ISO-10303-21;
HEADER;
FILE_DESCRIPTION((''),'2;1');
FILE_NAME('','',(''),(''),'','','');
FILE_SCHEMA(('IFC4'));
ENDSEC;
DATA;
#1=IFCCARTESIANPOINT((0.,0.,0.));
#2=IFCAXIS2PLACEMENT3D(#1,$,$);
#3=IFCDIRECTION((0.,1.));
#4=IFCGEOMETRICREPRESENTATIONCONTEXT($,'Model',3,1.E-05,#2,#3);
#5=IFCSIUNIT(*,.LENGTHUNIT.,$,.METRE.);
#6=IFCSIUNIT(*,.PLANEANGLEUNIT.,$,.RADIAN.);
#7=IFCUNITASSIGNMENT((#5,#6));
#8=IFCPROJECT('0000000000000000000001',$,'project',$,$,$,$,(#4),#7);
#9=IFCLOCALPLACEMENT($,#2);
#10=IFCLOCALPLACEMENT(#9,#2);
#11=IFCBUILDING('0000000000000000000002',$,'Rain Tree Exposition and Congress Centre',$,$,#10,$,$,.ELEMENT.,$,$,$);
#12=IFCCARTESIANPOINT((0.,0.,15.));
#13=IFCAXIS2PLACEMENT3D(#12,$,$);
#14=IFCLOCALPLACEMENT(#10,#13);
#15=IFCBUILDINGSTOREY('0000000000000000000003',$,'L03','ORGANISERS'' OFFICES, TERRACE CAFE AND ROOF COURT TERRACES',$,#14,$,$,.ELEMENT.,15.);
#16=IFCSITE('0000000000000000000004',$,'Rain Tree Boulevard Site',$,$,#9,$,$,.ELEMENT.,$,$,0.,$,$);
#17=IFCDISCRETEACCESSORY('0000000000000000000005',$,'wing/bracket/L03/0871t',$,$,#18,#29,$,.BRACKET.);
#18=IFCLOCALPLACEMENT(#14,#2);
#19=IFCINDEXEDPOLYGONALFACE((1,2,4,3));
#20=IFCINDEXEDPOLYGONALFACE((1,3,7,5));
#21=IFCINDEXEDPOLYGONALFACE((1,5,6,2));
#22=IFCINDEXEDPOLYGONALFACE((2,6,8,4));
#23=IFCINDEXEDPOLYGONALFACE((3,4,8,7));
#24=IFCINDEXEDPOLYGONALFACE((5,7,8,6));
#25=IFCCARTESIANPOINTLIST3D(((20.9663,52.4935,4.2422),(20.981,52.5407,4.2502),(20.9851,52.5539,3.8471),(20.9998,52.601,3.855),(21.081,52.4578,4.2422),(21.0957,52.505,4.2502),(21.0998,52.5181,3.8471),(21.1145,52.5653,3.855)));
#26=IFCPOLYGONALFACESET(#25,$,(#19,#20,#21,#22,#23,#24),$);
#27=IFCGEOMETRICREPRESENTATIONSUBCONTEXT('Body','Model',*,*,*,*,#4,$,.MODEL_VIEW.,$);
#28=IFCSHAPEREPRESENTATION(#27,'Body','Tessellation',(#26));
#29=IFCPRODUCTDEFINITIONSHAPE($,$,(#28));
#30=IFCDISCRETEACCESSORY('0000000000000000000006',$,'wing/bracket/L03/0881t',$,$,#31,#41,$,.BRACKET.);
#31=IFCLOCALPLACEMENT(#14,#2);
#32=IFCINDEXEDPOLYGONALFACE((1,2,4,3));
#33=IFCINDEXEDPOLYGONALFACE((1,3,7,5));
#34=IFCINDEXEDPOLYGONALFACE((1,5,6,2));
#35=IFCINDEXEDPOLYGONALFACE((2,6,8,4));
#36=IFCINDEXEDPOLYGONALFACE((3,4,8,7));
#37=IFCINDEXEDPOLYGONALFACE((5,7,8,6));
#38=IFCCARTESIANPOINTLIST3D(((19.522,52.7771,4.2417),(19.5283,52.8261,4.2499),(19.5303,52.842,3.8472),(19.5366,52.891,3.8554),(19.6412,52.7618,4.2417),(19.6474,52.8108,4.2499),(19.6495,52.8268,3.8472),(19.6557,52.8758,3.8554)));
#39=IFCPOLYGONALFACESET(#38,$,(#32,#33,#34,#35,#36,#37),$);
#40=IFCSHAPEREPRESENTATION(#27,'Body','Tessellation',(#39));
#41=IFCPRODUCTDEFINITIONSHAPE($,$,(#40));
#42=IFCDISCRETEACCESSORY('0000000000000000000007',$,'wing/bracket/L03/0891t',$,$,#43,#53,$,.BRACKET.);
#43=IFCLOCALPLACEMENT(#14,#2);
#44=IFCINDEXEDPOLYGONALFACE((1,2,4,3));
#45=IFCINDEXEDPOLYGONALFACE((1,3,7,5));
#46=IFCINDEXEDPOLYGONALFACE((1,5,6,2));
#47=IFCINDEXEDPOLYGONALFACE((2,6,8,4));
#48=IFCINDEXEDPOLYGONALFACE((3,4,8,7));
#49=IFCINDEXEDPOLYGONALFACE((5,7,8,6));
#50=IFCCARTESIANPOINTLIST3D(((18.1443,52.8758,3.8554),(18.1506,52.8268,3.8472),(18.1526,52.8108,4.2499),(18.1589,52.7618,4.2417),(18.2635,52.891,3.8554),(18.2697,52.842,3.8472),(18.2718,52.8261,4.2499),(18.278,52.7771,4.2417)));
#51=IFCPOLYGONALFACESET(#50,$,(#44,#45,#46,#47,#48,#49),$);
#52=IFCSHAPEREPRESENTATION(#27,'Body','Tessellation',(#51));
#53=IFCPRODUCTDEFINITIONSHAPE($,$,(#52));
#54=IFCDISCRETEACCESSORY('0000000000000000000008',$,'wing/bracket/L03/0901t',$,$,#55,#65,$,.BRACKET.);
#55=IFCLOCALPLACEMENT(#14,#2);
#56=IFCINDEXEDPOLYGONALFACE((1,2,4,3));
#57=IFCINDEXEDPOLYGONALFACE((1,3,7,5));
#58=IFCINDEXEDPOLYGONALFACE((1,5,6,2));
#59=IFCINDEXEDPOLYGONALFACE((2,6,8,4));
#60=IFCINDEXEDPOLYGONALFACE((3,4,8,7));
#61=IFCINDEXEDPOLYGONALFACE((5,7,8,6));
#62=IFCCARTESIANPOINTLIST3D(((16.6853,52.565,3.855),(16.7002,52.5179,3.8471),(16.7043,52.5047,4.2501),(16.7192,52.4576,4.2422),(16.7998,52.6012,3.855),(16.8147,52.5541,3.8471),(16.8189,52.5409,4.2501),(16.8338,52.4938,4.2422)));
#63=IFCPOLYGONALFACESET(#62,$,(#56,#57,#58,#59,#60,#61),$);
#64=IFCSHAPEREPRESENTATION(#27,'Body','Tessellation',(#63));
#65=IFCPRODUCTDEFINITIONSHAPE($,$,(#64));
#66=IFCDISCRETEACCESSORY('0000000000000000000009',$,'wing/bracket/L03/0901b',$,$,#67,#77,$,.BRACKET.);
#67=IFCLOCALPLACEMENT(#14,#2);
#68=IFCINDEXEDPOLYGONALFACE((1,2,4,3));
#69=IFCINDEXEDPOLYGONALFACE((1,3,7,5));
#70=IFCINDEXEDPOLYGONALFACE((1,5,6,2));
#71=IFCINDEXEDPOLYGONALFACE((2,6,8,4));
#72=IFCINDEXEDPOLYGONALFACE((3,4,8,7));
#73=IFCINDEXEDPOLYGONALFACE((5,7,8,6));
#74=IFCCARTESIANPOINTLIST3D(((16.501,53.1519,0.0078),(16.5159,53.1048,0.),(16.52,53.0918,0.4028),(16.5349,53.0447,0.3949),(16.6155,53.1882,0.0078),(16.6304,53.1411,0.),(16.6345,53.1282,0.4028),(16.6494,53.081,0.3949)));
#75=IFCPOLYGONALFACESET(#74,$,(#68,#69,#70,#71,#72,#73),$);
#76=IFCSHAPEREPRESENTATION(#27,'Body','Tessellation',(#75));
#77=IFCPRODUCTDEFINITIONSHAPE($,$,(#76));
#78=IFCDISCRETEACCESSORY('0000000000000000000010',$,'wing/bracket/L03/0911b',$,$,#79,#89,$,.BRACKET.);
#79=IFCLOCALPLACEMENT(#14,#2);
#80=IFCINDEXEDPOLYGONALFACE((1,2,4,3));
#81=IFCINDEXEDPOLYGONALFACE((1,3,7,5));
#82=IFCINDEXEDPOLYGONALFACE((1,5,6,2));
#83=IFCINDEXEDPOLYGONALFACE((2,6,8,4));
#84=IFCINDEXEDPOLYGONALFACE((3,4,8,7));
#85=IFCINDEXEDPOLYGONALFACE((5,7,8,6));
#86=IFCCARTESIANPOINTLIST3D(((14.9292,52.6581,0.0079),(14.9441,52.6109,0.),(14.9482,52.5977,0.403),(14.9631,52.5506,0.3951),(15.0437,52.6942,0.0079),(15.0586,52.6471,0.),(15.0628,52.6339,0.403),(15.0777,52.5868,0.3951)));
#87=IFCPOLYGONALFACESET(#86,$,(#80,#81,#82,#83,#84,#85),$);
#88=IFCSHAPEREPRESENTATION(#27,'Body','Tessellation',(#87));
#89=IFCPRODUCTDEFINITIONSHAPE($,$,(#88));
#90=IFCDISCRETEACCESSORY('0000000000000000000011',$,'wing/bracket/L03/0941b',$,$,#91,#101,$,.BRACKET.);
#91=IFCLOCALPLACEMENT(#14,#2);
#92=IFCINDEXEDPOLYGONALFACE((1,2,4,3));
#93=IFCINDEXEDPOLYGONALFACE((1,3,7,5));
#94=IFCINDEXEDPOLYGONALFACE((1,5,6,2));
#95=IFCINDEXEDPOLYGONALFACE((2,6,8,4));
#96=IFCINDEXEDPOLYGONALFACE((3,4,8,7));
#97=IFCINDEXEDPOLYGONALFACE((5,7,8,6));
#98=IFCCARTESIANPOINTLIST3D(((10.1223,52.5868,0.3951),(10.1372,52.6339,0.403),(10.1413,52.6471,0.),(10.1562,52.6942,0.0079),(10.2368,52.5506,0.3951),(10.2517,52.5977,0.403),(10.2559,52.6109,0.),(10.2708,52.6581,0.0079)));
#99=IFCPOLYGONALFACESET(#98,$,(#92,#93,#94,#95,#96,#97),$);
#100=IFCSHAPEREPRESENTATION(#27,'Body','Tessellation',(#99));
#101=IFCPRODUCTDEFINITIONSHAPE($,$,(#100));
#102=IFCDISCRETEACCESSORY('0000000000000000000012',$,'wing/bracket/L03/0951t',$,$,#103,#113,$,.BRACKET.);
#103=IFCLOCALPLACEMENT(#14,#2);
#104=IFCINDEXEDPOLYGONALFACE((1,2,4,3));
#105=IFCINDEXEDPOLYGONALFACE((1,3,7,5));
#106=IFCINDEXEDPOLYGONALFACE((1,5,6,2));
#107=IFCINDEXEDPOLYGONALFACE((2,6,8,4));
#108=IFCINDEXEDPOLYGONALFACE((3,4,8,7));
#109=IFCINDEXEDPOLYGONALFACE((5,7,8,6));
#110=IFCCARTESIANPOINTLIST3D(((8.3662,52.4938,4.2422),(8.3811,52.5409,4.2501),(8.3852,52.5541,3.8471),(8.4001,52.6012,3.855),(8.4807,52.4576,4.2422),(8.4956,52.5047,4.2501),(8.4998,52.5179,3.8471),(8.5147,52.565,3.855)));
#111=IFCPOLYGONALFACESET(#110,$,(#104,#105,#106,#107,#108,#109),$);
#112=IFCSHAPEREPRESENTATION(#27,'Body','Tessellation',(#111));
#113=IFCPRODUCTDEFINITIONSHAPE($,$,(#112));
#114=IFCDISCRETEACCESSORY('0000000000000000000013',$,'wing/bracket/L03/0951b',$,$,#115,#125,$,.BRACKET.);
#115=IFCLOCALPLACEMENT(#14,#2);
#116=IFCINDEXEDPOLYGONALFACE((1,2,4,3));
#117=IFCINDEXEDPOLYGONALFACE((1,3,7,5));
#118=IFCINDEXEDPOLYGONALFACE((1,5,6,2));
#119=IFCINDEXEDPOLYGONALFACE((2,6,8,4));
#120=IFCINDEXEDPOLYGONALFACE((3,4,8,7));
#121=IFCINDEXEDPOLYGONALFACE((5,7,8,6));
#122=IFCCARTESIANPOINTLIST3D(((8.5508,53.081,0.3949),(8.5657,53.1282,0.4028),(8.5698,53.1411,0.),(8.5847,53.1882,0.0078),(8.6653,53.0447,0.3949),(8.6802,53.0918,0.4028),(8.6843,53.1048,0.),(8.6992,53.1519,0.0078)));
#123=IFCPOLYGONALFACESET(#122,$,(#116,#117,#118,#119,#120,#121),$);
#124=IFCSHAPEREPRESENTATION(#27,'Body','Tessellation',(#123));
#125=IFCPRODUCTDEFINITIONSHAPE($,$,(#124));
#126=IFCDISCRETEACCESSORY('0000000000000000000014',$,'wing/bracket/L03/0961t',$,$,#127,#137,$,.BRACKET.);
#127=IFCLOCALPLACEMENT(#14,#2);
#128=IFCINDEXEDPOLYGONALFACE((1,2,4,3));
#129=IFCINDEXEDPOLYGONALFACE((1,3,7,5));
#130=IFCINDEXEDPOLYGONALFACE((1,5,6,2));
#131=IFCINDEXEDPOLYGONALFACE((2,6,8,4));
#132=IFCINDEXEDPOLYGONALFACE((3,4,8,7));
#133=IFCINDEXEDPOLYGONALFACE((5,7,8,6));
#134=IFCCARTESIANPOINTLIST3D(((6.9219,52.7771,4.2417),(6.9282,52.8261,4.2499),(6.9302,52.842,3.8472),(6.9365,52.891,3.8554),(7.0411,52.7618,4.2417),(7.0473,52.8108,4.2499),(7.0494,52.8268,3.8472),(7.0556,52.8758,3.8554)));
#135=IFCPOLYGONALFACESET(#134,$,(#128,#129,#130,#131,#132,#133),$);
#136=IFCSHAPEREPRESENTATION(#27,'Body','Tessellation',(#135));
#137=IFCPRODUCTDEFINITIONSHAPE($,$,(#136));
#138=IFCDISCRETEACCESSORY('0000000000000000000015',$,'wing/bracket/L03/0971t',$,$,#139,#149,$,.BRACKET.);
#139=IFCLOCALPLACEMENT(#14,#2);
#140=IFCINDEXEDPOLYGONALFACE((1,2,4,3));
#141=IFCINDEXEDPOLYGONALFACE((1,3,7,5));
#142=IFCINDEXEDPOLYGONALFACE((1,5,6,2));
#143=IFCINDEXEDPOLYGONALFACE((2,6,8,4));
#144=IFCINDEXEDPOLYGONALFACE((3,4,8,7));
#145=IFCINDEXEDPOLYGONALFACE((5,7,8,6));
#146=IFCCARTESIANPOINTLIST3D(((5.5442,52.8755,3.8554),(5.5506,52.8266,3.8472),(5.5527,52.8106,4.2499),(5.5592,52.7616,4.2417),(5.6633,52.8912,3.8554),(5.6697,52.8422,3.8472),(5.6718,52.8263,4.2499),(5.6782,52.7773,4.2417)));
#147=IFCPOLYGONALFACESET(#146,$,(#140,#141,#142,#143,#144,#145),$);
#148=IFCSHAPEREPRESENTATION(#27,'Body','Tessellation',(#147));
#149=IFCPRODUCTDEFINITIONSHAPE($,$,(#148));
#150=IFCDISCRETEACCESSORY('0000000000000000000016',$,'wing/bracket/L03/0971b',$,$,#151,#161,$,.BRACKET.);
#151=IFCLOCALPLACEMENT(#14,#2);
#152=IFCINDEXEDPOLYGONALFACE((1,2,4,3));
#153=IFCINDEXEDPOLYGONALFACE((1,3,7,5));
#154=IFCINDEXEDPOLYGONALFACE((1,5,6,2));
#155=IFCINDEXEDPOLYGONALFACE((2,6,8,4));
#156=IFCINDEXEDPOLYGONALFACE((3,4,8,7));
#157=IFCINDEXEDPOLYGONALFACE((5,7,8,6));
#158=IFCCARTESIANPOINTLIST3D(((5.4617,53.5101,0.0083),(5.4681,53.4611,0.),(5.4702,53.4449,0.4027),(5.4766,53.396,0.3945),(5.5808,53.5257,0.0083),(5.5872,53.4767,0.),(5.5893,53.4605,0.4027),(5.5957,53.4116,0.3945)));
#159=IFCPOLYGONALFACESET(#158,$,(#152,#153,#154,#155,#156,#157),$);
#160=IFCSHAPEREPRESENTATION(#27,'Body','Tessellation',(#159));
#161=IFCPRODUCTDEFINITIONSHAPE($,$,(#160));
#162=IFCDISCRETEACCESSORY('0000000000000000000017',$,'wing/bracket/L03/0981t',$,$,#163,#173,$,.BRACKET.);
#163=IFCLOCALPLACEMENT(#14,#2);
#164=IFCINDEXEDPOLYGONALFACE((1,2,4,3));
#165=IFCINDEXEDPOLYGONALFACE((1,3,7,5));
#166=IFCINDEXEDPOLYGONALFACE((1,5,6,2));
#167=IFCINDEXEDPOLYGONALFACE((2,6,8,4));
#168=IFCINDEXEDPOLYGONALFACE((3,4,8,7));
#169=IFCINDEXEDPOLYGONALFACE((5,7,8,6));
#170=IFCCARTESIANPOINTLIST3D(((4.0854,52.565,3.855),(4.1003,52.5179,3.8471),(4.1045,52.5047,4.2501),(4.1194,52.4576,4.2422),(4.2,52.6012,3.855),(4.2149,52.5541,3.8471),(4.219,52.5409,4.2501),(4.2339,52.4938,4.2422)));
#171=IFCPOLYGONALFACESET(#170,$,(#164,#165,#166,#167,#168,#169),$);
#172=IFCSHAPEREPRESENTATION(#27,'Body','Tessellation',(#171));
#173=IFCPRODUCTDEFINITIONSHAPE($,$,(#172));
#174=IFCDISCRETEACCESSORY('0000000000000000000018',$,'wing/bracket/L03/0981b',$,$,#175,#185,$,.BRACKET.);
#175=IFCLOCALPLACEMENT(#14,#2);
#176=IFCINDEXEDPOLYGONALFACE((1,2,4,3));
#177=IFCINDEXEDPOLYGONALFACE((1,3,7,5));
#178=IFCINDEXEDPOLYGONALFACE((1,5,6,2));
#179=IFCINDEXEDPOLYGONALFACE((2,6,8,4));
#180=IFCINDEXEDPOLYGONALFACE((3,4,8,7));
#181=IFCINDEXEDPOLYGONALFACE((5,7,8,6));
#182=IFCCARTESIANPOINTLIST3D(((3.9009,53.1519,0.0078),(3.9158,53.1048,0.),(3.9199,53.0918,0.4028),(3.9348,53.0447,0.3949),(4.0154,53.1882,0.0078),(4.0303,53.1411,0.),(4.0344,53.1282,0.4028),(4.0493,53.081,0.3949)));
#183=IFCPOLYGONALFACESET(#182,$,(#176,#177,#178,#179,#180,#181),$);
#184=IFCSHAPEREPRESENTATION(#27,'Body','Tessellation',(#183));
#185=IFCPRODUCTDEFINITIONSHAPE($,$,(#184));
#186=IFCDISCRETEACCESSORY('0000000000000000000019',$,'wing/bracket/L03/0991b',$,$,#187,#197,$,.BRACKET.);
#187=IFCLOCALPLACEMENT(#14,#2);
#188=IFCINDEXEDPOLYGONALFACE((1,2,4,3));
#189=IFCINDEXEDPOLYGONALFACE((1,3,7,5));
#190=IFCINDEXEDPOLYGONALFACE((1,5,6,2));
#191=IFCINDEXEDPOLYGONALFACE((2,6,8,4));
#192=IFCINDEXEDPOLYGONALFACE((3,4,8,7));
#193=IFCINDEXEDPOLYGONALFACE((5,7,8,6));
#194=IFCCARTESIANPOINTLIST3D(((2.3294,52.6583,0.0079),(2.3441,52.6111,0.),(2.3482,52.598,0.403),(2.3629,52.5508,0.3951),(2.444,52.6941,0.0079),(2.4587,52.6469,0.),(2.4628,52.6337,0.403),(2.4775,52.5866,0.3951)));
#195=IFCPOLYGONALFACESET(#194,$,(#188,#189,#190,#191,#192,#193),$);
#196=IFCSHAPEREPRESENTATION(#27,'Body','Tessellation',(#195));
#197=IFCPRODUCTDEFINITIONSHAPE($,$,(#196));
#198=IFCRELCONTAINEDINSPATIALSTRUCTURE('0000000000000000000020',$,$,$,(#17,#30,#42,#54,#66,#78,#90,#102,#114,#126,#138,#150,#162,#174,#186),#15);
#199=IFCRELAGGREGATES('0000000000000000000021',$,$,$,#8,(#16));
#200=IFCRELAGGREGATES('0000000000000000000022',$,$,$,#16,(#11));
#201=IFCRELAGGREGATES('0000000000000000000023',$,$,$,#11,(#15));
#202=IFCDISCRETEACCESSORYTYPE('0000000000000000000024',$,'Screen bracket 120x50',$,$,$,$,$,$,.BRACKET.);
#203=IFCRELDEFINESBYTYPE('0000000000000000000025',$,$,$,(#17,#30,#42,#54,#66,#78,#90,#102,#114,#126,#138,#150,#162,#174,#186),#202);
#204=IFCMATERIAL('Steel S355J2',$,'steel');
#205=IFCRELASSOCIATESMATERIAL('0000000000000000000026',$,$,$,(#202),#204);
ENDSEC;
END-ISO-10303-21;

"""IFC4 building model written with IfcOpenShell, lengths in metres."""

from ifc_helpers import new_model, si_unit, direction, frame, origin, origin_2d, place, context, subcontext, project, spatial, rectangle, extrude, material, material_profile, profile_set, type_object, element, save


model = new_model("IFC4")

# Units and contexts
model_context = context("Model", 3, precision=1e-05, world=origin(), true_north=direction((0.0, 1.0)))
body_context = subcontext(model_context, "Body", "Model", "MODEL_VIEW")
ifc_project = project(units=[si_unit("LENGTHUNIT", "METRE"), si_unit("PLANEANGLEUNIT", "RADIAN")], contexts=[model_context])

# Site, building, storey
site_placement = place(None, origin())
site = spatial("IfcSite", under=ifc_project, at=site_placement, Name="Rain Tree Boulevard Site", CompositionType="ELEMENT", RefElevation=0.0)
building_placement = place(site_placement, origin())
building = spatial("IfcBuilding", under=site, at=building_placement, Name="Rain Tree Exposition and Congress Centre", CompositionType="ELEMENT")
storey_placement = place(building_placement, frame((0.0, 0.0, 15.0)))
storey = spatial("IfcBuildingStorey", under=building, at=storey_placement, Name="L03", Description="ORGANISERS' OFFICES, TERRACE CAFE AND ROOF COURT TERRACES", CompositionType="ELEMENT", Elevation=15.0)

# Discrete accessories
ifc_material_1 = material(Name="Steel S355J2", Category="steel")
ifc_material_profile = material_profile(ifc_material_1, rectangle(XDim=0.1201, YDim=0.05, at=origin_2d()), Name="Flat bar 120x50")
ifc_profile_set = profile_set([ifc_material_profile], Name="Steel S355J2")
discrete_accessory_type = type_object("IfcDiscreteAccessoryType", Name="Screen bracket 120x50", PredefinedType="BRACKET", material=ifc_profile_set)
discrete_accessory_1_placement = place(storey_placement, frame((21.0498, 52.5596, 3.8511), z_axis=(-0.046993, -0.150743, 0.987456), x_axis=(0.954686, -0.297615, 0.0)))
element("IfcDiscreteAccessory", 1, at=discrete_accessory_1_placement, inside=storey, type_object=discrete_accessory_type, Name="wing/bracket/L03/0871t", PredefinedType="BRACKET", context=body_context, shape_type="SweptSolid", body=[
    extrude(rectangle(XDim=0.1201, YDim=0.05, at=origin_2d()), origin(), (0.0, 0.0, 1.0), 0.4001),
])
for number, where, z_axis, x_axis, name in (
    (2, (19.593, 52.8589, 3.8513), (-0.020756, -0.162383, 0.986509), (0.99193, -0.126788, 0.0), "wing/bracket/L03/0881t"),
    (3, (18.207, 52.8589, 3.8513), (0.020756, -0.162383, 0.986509), (0.99193, 0.126788, 0.0), "wing/bracket/L03/0891t"),
):
    element("IfcDiscreteAccessory", number, at=place(storey_placement, frame(where, z_axis=z_axis, x_axis=x_axis)), inside=storey, type_object=discrete_accessory_type, Name=name, PredefinedType="BRACKET", context=body_context, shape_type="SweptSolid", body=[
        extrude(rectangle(XDim=0.1201, YDim=0.05, at=origin_2d()), origin(), (0.0, 0.0, 1.0), 0.3999),
    ])
discrete_accessory_2_placement = place(storey_placement, frame((16.75, 52.5596, 3.8511), z_axis=(0.047602, -0.150738, 0.987427), x_axis=(0.953583, 0.301131, 0.0)))
element("IfcDiscreteAccessory", 4, at=discrete_accessory_2_placement, inside=storey, type_object=discrete_accessory_type, Name="wing/bracket/L03/0901t", PredefinedType="BRACKET", context=body_context, shape_type="SweptSolid", body=[
    extrude(rectangle(XDim=0.1201, YDim=0.05, at=origin_2d()), origin(), (0.0, 0.0, 1.0), 0.4001),
])
discrete_accessory_3_placement = place(storey_placement, frame((16.5657, 53.1465, 0.0039), z_axis=(0.047606, -0.150142, 0.987518), x_axis=(0.953231, 0.302244, 0.0)))
element("IfcDiscreteAccessory", 5, at=discrete_accessory_3_placement, inside=storey, type_object=discrete_accessory_type, Name="wing/bracket/L03/0901b", PredefinedType="BRACKET", context=body_context, shape_type="SweptSolid", body=[
    extrude(rectangle(XDim=0.1201, YDim=0.05, at=origin_2d()), origin(), (0.0, 0.0, 1.0), 0.3999),
])
for number, where, z_axis, x_axis, name in (
    (6, (14.9939, 52.6526, 0.0039), (0.047602, -0.150738, 0.987427), (0.953583, 0.301131, 0.0), "wing/bracket/L03/0911b"),
    (7, (10.2061, 52.6526, 0.0039), (-0.047602, -0.150738, 0.987427), (0.953583, -0.301131, 0.0), "wing/bracket/L03/0941b"),
    (8, (8.45, 52.5596, 3.8511), (-0.047602, -0.150738, 0.987427), (0.953583, -0.301131, 0.0), "wing/bracket/L03/0951t"),
):
    element("IfcDiscreteAccessory", number, at=place(storey_placement, frame(where, z_axis=z_axis, x_axis=x_axis)), inside=storey, type_object=discrete_accessory_type, Name=name, PredefinedType="BRACKET", context=body_context, shape_type="SweptSolid", body=[
        extrude(rectangle(XDim=0.1201, YDim=0.05, at=origin_2d()), origin(), (0.0, 0.0, 1.0), 0.4001),
    ])
for number, where, z_axis, x_axis, name in (
    (9, (8.6345, 53.1465, 0.0039), (-0.047606, -0.150142, 0.987518), (0.953231, -0.302244, 0.0), "wing/bracket/L03/0951b"),
    (10, (6.9929, 52.8589, 3.8513), (-0.020756, -0.162383, 0.986509), (0.99193, -0.126788, 0.0), "wing/bracket/L03/0961t"),
    (11, (5.6069, 52.8589, 3.8513), (0.021366, -0.162381, 0.986497), (0.991454, 0.130455, 0.0), "wing/bracket/L03/0971t"),
    (12, (5.5244, 53.4934, 0.0042), (0.021364, -0.162976, 0.986399), (0.991517, 0.129974, 0.0), "wing/bracket/L03/0971b"),
):
    element("IfcDiscreteAccessory", number, at=place(storey_placement, frame(where, z_axis=z_axis, x_axis=x_axis)), inside=storey, type_object=discrete_accessory_type, Name=name, PredefinedType="BRACKET", context=body_context, shape_type="SweptSolid", body=[
        extrude(rectangle(XDim=0.1201, YDim=0.05, at=origin_2d()), origin(), (0.0, 0.0, 1.0), 0.3999),
    ])
discrete_accessory_4_placement = place(storey_placement, frame((4.1501, 52.5596, 3.8511), z_axis=(0.047602, -0.150738, 0.987427), x_axis=(0.953583, 0.301131, 0.0)))
element("IfcDiscreteAccessory", 13, at=discrete_accessory_4_placement, inside=storey, type_object=discrete_accessory_type, Name="wing/bracket/L03/0981t", PredefinedType="BRACKET", context=body_context, shape_type="SweptSolid", body=[
    extrude(rectangle(XDim=0.1201, YDim=0.05, at=origin_2d()), origin(), (0.0, 0.0, 1.0), 0.4001),
])
discrete_accessory_5_placement = place(storey_placement, frame((3.9656, 53.1465, 0.0039), z_axis=(0.047606, -0.150142, 0.987518), x_axis=(0.953231, 0.302244, 0.0)))
element("IfcDiscreteAccessory", 14, at=discrete_accessory_5_placement, inside=storey, type_object=discrete_accessory_type, Name="wing/bracket/L03/0981b", PredefinedType="BRACKET", context=body_context, shape_type="SweptSolid", body=[
    extrude(rectangle(XDim=0.1201, YDim=0.05, at=origin_2d()), origin(), (0.0, 0.0, 1.0), 0.3999),
])
discrete_accessory_6_placement = place(storey_placement, frame((2.394, 52.6526, 0.0039), z_axis=(0.046993, -0.150743, 0.987456), x_axis=(0.954686, 0.297615, 0.0)))
element("IfcDiscreteAccessory", 15, at=discrete_accessory_6_placement, inside=storey, type_object=discrete_accessory_type, Name="wing/bracket/L03/0991b", PredefinedType="BRACKET", context=body_context, shape_type="SweptSolid", body=[
    extrude(rectangle(XDim=0.1201, YDim=0.05, at=origin_2d()), origin(), (0.0, 0.0, 1.0), 0.4001),
])

save(model, "model.ifc")
